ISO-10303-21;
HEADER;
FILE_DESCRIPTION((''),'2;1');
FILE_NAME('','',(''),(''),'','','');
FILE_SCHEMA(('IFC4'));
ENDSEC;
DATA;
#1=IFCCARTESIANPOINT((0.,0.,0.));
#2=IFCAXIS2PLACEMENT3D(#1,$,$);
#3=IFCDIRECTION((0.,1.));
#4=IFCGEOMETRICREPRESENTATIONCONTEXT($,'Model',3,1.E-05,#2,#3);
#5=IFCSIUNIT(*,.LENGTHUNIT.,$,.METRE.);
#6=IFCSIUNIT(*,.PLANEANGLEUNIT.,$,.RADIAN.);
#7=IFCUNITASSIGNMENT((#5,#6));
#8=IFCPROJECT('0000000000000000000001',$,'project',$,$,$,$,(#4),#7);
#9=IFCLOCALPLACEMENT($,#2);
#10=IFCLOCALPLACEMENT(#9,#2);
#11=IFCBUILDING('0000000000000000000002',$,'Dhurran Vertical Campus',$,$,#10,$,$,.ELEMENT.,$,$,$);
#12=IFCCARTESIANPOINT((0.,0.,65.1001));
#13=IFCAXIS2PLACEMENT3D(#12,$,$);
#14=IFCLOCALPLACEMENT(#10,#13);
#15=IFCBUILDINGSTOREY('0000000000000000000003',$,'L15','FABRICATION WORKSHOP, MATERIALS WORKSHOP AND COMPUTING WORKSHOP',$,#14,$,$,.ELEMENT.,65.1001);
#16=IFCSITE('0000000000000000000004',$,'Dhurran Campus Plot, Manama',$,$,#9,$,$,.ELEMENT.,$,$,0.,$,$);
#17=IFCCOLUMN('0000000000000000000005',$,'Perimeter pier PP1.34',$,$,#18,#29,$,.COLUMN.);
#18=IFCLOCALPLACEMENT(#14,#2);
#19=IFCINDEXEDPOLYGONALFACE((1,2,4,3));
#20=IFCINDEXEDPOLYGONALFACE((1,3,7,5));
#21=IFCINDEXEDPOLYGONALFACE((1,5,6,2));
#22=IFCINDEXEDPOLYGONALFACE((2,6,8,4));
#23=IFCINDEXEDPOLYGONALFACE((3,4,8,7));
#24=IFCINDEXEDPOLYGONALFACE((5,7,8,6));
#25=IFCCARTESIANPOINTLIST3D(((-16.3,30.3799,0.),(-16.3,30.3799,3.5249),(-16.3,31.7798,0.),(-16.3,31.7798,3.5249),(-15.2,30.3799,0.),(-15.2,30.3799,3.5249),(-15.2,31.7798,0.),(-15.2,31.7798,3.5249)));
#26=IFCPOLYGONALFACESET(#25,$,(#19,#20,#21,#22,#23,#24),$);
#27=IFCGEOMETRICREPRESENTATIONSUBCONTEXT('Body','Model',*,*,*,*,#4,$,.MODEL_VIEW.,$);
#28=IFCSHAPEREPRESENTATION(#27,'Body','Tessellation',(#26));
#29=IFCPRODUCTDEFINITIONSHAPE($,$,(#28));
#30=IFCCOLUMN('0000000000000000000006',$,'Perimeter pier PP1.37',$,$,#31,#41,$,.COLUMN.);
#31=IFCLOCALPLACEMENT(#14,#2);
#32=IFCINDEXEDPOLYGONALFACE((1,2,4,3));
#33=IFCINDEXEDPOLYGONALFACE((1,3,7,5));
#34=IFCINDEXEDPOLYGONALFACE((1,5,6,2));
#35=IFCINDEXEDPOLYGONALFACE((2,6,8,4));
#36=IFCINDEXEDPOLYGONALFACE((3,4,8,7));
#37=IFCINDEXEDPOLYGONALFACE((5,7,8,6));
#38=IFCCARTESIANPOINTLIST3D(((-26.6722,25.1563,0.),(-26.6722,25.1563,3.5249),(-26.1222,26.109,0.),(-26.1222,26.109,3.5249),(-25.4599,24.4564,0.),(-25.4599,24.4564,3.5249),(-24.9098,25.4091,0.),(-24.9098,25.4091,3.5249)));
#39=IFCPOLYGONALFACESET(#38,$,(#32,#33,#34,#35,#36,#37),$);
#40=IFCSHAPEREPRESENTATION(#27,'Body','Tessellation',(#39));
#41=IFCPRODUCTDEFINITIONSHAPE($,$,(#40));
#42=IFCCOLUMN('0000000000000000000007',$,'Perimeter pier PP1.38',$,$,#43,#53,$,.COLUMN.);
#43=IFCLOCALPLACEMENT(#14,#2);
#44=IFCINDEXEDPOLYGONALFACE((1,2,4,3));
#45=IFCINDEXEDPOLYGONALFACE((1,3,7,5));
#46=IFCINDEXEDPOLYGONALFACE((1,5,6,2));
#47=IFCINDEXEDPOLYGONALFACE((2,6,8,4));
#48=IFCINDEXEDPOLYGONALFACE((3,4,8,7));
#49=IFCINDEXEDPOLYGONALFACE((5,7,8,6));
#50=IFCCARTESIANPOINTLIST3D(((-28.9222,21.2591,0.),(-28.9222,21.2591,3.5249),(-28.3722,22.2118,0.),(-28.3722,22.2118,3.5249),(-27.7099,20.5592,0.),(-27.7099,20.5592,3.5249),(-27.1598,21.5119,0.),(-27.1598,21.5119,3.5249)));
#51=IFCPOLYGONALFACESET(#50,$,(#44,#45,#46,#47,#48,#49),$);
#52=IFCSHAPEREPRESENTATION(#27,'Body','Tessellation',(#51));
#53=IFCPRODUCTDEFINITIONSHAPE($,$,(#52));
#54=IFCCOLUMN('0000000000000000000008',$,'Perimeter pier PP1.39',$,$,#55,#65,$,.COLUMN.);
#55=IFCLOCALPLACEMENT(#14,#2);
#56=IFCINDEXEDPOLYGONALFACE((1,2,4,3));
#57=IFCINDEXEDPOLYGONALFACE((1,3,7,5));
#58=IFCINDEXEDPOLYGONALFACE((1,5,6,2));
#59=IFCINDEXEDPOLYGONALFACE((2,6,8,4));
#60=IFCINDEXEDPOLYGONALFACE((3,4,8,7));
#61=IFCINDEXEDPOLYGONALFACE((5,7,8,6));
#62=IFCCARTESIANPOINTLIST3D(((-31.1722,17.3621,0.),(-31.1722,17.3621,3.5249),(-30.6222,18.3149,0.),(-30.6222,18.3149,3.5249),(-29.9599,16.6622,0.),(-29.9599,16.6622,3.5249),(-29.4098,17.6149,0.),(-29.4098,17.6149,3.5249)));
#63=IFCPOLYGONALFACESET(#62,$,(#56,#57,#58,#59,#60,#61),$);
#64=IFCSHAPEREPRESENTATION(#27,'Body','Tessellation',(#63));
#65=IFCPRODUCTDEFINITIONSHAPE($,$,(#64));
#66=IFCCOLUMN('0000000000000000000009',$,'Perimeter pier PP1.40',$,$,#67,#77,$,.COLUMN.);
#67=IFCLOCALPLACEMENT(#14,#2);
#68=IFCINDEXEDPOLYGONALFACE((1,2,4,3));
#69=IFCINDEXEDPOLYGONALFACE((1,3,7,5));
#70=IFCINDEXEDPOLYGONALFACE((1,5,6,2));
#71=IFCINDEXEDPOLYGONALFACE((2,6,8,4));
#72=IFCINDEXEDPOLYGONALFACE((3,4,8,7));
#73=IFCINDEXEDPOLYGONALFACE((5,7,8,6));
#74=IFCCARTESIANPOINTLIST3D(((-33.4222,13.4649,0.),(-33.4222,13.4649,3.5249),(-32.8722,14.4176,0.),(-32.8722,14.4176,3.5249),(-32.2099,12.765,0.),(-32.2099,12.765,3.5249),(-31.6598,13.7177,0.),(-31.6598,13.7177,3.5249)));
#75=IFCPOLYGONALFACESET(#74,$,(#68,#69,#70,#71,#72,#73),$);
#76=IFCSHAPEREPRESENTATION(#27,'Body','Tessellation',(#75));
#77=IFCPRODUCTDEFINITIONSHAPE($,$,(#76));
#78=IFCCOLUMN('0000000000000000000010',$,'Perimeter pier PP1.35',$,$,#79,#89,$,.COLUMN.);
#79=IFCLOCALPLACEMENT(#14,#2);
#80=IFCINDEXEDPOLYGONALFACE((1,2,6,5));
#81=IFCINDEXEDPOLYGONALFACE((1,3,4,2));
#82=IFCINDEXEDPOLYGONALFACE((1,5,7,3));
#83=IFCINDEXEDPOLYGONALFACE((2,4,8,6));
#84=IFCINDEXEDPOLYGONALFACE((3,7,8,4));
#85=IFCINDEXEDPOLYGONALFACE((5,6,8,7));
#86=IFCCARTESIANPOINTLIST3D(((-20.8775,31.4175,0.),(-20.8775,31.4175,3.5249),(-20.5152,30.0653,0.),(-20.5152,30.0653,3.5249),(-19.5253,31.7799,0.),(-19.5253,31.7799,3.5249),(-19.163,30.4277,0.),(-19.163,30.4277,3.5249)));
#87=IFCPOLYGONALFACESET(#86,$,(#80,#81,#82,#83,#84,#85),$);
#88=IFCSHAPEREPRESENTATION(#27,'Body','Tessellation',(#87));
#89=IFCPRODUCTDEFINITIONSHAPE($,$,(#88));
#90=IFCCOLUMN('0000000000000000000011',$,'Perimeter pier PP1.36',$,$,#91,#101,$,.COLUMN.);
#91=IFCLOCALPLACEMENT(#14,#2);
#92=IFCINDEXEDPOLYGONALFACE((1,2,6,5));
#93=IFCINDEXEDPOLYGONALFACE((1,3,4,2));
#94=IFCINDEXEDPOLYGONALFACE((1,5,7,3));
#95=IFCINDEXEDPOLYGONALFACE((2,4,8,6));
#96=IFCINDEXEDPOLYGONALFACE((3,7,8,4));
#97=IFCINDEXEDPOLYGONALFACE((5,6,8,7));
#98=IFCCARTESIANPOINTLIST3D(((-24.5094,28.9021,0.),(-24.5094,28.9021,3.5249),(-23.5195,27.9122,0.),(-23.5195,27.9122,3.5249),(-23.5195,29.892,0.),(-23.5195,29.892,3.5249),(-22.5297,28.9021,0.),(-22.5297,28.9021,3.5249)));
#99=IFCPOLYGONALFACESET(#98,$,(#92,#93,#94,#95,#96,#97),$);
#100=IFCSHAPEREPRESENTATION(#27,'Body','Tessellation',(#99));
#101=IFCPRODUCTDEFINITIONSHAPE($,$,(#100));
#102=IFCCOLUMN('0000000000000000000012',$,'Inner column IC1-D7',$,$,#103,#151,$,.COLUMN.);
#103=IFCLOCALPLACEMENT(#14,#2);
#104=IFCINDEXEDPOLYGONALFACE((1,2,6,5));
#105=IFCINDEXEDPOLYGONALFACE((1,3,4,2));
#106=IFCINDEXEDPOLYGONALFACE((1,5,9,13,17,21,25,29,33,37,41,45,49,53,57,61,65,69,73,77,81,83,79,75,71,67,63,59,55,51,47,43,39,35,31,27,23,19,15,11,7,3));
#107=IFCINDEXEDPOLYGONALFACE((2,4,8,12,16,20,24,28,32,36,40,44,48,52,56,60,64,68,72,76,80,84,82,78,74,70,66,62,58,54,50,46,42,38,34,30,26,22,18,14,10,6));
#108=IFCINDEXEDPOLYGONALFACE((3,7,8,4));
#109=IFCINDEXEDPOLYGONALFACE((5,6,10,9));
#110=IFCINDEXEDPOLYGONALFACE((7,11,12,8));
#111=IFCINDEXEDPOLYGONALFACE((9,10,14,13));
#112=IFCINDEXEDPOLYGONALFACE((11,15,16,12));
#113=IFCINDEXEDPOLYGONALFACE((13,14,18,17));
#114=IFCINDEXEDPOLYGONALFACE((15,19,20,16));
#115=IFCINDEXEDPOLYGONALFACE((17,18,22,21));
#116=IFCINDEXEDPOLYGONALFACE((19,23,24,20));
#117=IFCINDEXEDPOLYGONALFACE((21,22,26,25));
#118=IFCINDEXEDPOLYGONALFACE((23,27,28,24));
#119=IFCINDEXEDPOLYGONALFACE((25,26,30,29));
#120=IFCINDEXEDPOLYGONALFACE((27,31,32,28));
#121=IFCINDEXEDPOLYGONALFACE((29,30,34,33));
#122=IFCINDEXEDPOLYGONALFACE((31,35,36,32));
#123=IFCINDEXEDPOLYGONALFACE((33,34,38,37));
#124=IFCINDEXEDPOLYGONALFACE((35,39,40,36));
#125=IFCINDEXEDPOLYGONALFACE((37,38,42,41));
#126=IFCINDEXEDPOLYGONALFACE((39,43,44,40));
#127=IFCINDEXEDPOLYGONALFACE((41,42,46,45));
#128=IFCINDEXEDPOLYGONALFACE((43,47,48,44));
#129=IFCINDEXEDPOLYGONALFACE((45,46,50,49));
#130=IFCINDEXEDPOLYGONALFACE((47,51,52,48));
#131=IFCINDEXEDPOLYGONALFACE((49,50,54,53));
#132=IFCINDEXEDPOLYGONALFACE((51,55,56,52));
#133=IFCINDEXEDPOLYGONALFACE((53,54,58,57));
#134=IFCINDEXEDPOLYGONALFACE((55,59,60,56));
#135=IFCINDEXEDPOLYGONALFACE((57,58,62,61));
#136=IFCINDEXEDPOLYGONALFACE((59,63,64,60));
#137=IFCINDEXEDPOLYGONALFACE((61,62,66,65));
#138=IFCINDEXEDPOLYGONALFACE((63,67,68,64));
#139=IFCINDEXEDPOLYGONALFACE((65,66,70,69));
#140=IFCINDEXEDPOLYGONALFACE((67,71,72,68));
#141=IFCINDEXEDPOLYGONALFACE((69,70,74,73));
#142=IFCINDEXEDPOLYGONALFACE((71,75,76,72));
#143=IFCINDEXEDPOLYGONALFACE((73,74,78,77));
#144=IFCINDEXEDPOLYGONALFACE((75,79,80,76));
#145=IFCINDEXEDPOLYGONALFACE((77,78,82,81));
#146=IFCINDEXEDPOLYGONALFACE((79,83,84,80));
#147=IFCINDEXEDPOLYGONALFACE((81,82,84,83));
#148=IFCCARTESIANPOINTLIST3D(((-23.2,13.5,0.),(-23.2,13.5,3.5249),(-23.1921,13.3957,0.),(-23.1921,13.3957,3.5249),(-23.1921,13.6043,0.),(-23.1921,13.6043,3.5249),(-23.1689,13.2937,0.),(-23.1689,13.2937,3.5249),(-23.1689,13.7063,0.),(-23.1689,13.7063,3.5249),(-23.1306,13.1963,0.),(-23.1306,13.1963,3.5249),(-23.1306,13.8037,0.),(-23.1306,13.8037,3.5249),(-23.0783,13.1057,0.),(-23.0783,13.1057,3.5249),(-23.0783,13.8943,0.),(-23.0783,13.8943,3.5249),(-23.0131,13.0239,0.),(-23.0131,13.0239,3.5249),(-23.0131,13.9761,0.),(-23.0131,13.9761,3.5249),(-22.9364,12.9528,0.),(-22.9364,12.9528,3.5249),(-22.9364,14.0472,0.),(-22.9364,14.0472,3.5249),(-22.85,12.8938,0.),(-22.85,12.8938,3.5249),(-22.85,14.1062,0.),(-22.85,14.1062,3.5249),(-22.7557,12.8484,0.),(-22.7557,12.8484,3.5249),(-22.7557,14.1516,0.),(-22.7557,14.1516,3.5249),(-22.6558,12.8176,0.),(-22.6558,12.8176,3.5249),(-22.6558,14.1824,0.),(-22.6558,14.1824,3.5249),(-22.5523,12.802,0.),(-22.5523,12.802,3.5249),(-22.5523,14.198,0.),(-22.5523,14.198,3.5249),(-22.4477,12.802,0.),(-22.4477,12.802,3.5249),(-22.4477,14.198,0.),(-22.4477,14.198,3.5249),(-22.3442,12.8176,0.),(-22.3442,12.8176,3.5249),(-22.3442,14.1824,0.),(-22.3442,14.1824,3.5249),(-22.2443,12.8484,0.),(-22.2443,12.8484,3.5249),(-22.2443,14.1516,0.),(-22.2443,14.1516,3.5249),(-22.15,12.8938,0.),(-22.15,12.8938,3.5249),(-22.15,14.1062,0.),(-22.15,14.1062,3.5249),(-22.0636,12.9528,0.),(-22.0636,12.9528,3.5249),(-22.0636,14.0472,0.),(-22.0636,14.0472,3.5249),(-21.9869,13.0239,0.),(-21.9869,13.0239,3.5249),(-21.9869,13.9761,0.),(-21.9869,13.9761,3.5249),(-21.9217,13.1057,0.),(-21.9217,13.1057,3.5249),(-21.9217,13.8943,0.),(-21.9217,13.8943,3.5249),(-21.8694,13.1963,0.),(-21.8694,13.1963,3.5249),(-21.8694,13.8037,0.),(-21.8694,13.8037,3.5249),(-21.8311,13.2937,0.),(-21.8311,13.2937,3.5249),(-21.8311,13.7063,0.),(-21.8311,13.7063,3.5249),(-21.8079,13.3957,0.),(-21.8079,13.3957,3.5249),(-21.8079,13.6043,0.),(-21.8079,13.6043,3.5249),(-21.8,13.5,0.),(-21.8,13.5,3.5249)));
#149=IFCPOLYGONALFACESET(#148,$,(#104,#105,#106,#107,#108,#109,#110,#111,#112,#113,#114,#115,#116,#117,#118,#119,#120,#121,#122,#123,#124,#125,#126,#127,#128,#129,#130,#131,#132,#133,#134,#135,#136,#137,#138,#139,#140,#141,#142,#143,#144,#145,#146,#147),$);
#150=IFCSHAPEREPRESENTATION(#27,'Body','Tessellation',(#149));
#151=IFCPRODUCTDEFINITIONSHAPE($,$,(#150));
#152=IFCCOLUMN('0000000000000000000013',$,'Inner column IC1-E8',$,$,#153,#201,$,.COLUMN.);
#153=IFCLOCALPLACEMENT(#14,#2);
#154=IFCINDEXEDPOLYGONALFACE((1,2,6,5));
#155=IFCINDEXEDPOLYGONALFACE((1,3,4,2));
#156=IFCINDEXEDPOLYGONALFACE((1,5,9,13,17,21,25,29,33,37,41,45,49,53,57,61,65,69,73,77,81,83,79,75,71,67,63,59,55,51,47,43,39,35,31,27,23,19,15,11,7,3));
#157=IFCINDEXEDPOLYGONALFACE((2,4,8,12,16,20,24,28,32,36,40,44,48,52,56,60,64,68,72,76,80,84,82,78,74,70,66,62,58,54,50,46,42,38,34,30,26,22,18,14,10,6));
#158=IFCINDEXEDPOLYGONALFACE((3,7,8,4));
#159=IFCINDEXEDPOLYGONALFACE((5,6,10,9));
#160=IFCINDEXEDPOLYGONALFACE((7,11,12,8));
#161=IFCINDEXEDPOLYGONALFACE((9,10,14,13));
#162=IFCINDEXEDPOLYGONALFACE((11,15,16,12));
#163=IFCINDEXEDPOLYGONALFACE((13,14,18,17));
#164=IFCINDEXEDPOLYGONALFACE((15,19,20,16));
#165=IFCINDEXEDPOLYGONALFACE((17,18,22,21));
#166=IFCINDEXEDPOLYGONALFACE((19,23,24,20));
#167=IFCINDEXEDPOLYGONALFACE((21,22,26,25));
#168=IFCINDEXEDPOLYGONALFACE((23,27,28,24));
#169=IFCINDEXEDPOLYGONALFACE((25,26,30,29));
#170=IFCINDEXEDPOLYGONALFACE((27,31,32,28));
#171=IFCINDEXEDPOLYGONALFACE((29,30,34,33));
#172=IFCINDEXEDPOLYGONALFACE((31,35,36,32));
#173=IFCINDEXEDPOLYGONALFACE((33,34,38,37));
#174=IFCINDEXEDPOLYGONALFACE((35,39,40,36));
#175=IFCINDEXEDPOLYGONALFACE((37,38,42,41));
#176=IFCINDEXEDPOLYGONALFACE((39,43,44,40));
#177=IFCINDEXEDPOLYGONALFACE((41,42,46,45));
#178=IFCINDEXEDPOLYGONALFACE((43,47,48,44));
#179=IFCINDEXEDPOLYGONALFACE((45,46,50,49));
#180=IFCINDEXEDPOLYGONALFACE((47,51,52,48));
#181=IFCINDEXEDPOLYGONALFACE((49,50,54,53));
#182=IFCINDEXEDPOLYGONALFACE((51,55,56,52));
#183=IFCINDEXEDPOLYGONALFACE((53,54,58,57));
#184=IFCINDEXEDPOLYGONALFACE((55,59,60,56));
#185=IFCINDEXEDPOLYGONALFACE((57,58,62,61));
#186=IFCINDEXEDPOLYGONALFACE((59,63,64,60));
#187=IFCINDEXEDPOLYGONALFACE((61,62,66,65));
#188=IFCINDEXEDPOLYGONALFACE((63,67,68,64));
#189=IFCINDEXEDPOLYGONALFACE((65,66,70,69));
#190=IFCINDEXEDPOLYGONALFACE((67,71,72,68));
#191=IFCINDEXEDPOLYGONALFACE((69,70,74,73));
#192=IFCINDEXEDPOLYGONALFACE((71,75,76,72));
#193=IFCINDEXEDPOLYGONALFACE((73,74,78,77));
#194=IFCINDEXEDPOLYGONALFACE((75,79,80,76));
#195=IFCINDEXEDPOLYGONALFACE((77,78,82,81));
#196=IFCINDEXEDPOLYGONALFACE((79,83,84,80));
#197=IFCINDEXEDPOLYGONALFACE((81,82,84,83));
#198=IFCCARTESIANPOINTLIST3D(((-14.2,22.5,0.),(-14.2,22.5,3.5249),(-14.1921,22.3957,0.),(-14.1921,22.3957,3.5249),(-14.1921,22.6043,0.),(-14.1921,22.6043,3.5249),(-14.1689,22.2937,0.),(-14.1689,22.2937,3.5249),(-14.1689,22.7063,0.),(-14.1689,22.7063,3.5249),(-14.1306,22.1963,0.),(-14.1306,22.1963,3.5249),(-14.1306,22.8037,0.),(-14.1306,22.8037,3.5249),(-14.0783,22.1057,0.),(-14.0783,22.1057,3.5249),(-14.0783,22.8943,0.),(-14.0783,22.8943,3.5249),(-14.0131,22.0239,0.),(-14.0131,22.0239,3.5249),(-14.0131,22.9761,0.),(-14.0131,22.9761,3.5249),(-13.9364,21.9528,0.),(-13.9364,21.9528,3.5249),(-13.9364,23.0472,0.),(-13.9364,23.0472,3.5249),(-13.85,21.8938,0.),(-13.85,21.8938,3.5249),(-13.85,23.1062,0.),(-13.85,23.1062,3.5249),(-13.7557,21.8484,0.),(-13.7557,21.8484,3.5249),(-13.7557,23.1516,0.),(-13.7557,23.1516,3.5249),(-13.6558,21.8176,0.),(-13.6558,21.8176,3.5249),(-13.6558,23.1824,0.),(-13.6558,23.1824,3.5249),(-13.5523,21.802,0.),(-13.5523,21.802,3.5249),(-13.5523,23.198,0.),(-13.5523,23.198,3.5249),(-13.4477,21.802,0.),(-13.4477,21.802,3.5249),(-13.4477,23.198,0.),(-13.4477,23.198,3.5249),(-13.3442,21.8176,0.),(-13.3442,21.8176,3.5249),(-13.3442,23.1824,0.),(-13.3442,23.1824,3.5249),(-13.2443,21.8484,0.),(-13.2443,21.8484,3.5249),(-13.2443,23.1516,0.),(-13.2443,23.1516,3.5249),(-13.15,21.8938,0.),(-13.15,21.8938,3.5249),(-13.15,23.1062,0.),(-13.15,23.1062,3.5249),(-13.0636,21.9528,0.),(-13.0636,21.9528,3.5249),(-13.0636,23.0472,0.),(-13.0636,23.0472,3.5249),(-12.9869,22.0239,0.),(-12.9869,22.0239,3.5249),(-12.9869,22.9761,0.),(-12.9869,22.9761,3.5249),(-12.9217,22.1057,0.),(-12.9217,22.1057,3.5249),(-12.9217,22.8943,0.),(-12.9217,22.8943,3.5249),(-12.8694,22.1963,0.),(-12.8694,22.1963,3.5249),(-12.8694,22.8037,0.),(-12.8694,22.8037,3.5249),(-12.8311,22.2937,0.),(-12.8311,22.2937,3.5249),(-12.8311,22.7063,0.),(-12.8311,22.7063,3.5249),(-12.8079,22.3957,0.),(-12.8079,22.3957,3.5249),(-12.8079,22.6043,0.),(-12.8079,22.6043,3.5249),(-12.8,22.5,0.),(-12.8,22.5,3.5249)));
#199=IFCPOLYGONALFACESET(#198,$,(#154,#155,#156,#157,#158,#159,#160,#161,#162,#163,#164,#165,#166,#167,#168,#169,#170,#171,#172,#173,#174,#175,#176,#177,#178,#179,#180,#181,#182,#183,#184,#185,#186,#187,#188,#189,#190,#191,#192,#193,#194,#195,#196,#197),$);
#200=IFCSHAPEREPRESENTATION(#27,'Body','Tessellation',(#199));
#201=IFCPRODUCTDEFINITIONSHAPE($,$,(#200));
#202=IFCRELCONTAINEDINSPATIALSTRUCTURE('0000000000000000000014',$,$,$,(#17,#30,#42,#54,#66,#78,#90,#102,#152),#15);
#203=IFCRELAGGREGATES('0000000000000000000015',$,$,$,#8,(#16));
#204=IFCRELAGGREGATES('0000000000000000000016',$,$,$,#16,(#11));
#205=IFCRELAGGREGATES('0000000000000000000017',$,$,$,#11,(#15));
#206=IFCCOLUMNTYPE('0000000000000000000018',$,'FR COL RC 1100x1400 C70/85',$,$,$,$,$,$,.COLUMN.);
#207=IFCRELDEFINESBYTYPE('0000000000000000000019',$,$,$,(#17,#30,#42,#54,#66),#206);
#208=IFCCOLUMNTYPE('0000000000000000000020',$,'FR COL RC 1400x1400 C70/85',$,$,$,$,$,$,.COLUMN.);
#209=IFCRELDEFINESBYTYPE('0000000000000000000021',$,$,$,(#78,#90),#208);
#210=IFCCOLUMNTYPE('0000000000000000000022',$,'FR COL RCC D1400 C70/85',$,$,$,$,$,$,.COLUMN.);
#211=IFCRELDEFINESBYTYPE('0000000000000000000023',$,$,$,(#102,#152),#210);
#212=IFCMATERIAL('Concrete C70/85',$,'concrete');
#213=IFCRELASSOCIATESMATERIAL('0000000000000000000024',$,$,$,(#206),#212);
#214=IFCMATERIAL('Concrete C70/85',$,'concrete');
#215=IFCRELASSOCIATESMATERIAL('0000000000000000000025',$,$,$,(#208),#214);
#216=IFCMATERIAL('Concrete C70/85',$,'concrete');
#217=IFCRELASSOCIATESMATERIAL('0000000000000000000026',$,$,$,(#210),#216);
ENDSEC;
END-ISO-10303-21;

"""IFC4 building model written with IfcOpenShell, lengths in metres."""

from ifc_helpers import new_model, si_unit, direction, frame, origin, origin_2d, place, context, subcontext, project, spatial, rectangle, circle, extrude, material, material_profile, profile_set, type_object, element, save


model = new_model("IFC4")

# Units and contexts
model_context = context("Model", 3, precision=1e-05, world=origin(), true_north=direction((0.0, 1.0)))
body_context = subcontext(model_context, "Body", "Model", "MODEL_VIEW")
ifc_project = project(units=[si_unit("LENGTHUNIT", "METRE"), si_unit("PLANEANGLEUNIT", "RADIAN")], contexts=[model_context])

# Site, building, storey
site_placement = place(None, origin())
site = spatial("IfcSite", under=ifc_project, at=site_placement, Name="Dhurran Campus Plot, Manama", CompositionType="ELEMENT", RefElevation=0.0)
building_placement = place(site_placement, origin())
building = spatial("IfcBuilding", under=site, at=building_placement, Name="Dhurran Vertical Campus", CompositionType="ELEMENT")
storey_placement = place(building_placement, frame((0.0, 0.0, 65.1001)))
storey = spatial("IfcBuildingStorey", under=building, at=storey_placement, Name="L15", Description="FABRICATION WORKSHOP, MATERIALS WORKSHOP AND COMPUTING WORKSHOP", CompositionType="ELEMENT", Elevation=65.1001)

# Columns
ifc_material_1 = material(Name="Concrete C70/85", Category="concrete")
ifc_material_profile_1 = material_profile(ifc_material_1, rectangle(XDim=1.1001, YDim=1.3999, at=origin_2d()), Name="RC 1100x1400")
ifc_profile_set_1 = profile_set([ifc_material_profile_1], Name="Concrete C70/85")
column_type_1 = type_object("IfcColumnType", Name="FR COL RC 1100x1400 C70/85", PredefinedType="COLUMN", material=ifc_profile_set_1)
for number, where, z_axis, x_axis, name in (
    (1, (-15.75, 31.0798, 0.0), (0.0, 0.0, 1.0), (-1.0, 0.0, 0.0), "Perimeter pier PP1.34"),
    (2, (-25.791, 25.2827, 0.0), (0.0, 0.0, 1.0), (-0.5, -0.866025, 0.0), "Perimeter pier PP1.37"),
    (3, (-28.041, 21.3855, 0.0), (0.0, 0.0, 1.0), (-0.5, -0.866025, 0.0), "Perimeter pier PP1.38"),
    (4, (-30.291, 17.4885, 0.0), (0.0, 0.0, 1.0), (-0.5, -0.866025, 0.0), "Perimeter pier PP1.39"),
    (5, (-32.541, 13.5913, 0.0), (0.0, 0.0, 1.0), (-0.5, -0.866025, 0.0), "Perimeter pier PP1.40"),
):
    element("IfcColumn", number, at=place(storey_placement, frame(where, z_axis=z_axis, x_axis=x_axis)), inside=storey, type_object=column_type_1, Name=name, PredefinedType="COLUMN", context=body_context, shape_type="SweptSolid", body=[
        extrude(rectangle(XDim=1.1001, YDim=1.3999, at=origin_2d()), origin(), (0.0, 0.0, 1.0), 3.5249),
    ])
ifc_material_2 = material(Name="Concrete C70/85", Category="concrete")
ifc_material_profile_2 = material_profile(ifc_material_2, rectangle(XDim=1.3999, YDim=1.3999, at=origin_2d()), Name="RC 1400x1400")
ifc_profile_set_2 = profile_set([ifc_material_profile_2], Name="Concrete C70/85")
column_type_2 = type_object("IfcColumnType", Name="FR COL RC 1400x1400 C70/85", PredefinedType="COLUMN", material=ifc_profile_set_2)
for number, where, z_axis, x_axis, name in (
    (6, (-20.0203, 30.9226, 0.0), (0.0, 0.0, 1.0), (-0.965926, -0.258819, 0.0), "Perimeter pier PP1.35"),
    (7, (-23.5195, 28.9021, 0.0), (0.0, 0.0, 1.0), (-0.707107, -0.707107, 0.0), "Perimeter pier PP1.36"),
):
    element("IfcColumn", number, at=place(storey_placement, frame(where, z_axis=z_axis, x_axis=x_axis)), inside=storey, type_object=column_type_2, Name=name, PredefinedType="COLUMN", context=body_context, shape_type="SweptSolid", body=[
        extrude(rectangle(XDim=1.3999, YDim=1.3999, at=origin_2d()), origin(), (0.0, 0.0, 1.0), 3.5249),
    ])
ifc_material_3 = material(Name="Concrete C70/85", Category="concrete")
ifc_material_profile_3 = material_profile(ifc_material_3, circle(Radius=0.7, at=origin_2d()), Name="RCC D1400")
ifc_profile_set_3 = profile_set([ifc_material_profile_3], Name="Concrete C70/85")
column_type_3 = type_object("IfcColumnType", Name="FR COL RCC D1400 C70/85", PredefinedType="COLUMN", material=ifc_profile_set_3)
for number, where, z_axis, x_axis, name in (
    (8, (-22.5, 13.5, 0.0), (0.0, 0.0, 1.0), (1.0, 0.0, 0.0), "Inner column IC1-D7"),
    (9, (-13.5, 22.5, 0.0), (0.0, 0.0, 1.0), (1.0, 0.0, 0.0), "Inner column IC1-E8"),
):
    element("IfcColumn", number, at=place(storey_placement, frame(where, z_axis=z_axis, x_axis=x_axis)), inside=storey, type_object=column_type_3, Name=name, PredefinedType="COLUMN", context=body_context, shape_type="SweptSolid", body=[
        extrude(circle(Radius=0.7, at=origin_2d()), origin(), (0.0, 0.0, 1.0), 3.5249),
    ])

save(model, "model.ifc")
